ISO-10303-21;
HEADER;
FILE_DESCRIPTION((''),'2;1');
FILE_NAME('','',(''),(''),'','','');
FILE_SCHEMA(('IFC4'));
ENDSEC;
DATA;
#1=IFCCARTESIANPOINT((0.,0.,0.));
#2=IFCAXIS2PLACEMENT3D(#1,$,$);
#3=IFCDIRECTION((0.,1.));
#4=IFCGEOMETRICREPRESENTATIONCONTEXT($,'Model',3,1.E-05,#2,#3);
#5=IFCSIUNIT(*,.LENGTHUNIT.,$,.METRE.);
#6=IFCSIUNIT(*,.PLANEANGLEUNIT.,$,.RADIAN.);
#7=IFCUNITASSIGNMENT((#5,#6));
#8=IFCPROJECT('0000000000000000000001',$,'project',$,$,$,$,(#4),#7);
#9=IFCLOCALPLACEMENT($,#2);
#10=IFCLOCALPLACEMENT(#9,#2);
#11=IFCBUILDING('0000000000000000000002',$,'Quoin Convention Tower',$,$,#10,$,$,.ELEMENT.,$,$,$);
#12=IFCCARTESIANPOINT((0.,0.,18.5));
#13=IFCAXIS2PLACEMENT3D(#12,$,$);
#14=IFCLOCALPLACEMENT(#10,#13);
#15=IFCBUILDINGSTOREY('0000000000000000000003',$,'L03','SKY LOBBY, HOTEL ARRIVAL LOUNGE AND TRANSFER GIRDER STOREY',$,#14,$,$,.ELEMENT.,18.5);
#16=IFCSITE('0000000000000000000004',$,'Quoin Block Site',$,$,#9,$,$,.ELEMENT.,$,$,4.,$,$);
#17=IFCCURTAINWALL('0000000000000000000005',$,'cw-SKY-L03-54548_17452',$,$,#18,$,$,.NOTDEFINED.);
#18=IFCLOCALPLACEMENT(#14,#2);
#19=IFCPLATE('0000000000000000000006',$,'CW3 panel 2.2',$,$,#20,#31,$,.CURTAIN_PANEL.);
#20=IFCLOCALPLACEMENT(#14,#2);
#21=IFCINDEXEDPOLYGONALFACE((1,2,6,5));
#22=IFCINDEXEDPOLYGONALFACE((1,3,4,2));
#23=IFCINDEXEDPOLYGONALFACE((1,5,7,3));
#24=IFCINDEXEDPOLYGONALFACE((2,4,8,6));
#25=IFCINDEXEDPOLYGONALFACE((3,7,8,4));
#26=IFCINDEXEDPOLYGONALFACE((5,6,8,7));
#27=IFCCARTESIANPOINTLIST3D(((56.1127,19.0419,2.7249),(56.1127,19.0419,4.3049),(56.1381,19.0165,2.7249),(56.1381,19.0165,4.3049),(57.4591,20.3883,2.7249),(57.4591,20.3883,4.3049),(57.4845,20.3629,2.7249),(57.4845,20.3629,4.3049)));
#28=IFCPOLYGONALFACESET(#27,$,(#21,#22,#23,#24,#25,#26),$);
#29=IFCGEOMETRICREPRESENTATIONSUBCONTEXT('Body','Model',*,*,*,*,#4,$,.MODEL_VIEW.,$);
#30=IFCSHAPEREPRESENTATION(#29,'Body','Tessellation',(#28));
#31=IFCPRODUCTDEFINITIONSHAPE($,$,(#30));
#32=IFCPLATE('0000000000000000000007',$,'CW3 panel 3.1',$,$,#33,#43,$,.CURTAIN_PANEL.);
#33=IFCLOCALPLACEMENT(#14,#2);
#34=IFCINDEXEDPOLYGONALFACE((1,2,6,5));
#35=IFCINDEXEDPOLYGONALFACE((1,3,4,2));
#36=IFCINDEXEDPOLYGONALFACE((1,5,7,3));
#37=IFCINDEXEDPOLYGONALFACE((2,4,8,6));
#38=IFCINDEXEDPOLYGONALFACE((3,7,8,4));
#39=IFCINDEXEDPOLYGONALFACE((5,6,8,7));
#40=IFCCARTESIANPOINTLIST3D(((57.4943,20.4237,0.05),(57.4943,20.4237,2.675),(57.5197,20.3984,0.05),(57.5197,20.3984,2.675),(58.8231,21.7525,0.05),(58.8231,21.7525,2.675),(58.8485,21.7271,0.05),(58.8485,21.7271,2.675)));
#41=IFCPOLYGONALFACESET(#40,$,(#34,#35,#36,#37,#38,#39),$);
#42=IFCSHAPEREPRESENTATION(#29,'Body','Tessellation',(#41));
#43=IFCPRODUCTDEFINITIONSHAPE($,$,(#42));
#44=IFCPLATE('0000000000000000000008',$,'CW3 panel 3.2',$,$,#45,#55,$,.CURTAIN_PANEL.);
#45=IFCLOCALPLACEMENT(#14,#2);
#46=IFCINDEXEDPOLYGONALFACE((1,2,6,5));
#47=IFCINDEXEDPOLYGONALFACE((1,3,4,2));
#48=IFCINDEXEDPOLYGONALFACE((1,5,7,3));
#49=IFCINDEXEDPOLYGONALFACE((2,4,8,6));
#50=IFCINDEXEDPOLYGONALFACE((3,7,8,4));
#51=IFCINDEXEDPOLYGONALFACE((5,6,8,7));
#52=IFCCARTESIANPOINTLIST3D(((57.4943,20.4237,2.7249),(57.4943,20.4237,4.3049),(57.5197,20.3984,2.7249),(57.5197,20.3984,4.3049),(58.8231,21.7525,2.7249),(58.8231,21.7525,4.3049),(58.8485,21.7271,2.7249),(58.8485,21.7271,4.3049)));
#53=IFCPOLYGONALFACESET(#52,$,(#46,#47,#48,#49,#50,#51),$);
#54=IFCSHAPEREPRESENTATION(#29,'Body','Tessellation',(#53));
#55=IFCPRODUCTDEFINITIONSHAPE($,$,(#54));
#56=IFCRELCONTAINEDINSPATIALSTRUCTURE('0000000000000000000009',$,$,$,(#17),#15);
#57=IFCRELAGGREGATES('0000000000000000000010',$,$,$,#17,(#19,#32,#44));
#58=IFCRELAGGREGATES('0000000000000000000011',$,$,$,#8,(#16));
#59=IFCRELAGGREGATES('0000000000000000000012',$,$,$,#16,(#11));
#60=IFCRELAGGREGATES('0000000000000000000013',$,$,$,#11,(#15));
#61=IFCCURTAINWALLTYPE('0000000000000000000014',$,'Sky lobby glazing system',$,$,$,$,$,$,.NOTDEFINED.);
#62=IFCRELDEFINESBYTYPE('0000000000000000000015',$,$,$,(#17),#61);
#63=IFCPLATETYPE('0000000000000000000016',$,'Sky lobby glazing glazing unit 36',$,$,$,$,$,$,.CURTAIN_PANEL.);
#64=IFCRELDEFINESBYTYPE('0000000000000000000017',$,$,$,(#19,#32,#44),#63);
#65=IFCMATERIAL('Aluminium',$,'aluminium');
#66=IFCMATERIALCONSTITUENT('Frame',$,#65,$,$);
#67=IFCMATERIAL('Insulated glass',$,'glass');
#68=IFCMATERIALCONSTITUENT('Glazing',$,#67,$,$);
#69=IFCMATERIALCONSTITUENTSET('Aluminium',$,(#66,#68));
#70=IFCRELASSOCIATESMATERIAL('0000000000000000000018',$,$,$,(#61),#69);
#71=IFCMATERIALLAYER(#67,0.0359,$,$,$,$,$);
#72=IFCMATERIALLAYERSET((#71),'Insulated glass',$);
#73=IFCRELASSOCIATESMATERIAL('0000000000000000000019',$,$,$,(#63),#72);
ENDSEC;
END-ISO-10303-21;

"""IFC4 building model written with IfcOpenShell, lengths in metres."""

from ifc_helpers import new_model, si_unit, direction, frame, origin, origin_2d, place, context, subcontext, project, spatial, rectangle, extrude, material, layer, layer_set, constituent, constituent_set, type_object, element, aggregate, save


model = new_model("IFC4")

# Units and contexts
model_context = context("Model", 3, precision=1e-05, world=origin(), true_north=direction((0.0, 1.0)))
body_context = subcontext(model_context, "Body", "Model", "MODEL_VIEW")
ifc_project = project(units=[si_unit("LENGTHUNIT", "METRE"), si_unit("PLANEANGLEUNIT", "RADIAN")], contexts=[model_context])

# Site, building, storey
site_placement = place(None, origin())
site = spatial("IfcSite", under=ifc_project, at=site_placement, Name="Quoin Block Site", CompositionType="ELEMENT", RefElevation=4.0)
building_placement = place(site_placement, origin())
building = spatial("IfcBuilding", under=site, at=building_placement, Name="Quoin Convention Tower", CompositionType="ELEMENT")
storey_placement = place(building_placement, frame((0.0, 0.0, 18.5)))
storey = spatial("IfcBuildingStorey", under=building, at=storey_placement, Name="L03", Description="SKY LOBBY, HOTEL ARRIVAL LOUNGE AND TRANSFER GIRDER STOREY", CompositionType="ELEMENT", Elevation=18.5)

# Curtain wall
ifc_material_1 = material(Name="Aluminium", Category="aluminium")
ifc_constituent_1 = constituent(ifc_material_1, Name="Frame")
ifc_material_2 = material(Name="Insulated glass", Category="glass")
ifc_constituent_2 = constituent(ifc_material_2, Name="Glazing")
ifc_constituent_set = constituent_set(constituents=[ifc_constituent_1, ifc_constituent_2], Name="Aluminium")
curtain_wall_type = type_object("IfcCurtainWallType", Name="Sky lobby glazing system", PredefinedType="NOTDEFINED", material=ifc_constituent_set)
curtain_wall_1_placement = place(storey_placement, origin())
curtain_wall_1 = element("IfcCurtainWall", 1, at=curtain_wall_1_placement, inside=storey, type_object=curtain_wall_type, Name="cw-SKY-L03-54548_17452", PredefinedType="NOTDEFINED")

# Plates
ifc_layer = layer(ifc_material_2, 0.0359)
ifc_layer_set = layer_set([ifc_layer], Name="Insulated glass")
plate_type = type_object("IfcPlateType", Name="Sky lobby glazing glazing unit 36", PredefinedType="CURTAIN_PANEL", material=ifc_layer_set)
plate_1_placement = place(storey_placement, frame((56.7986, 19.7024, 2.7249), z_axis=(0.0, 0.0, 1.0), x_axis=(0.707107, 0.707107, 0.0)))
plate_1 = element("IfcPlate", 2, at=plate_1_placement, type_object=plate_type, Name="CW3 panel 2.2", PredefinedType="CURTAIN_PANEL", context=body_context, shape_type="SweptSolid", body=[
    extrude(rectangle(XDim=1.9041, YDim=0.0359, at=origin_2d()), origin(), (0.0, 0.0, 1.0), 1.5801),
])
plate_2_placement = place(storey_placement, frame((58.1714, 21.0754, 0.05), z_axis=(0.0, 0.0, 1.0), x_axis=(0.707107, 0.707107, 0.0)))
plate_2 = element("IfcPlate", 3, at=plate_2_placement, type_object=plate_type, Name="CW3 panel 3.1", PredefinedType="CURTAIN_PANEL", context=body_context, shape_type="SweptSolid", body=[
    extrude(rectangle(XDim=1.8792, YDim=0.0359, at=origin_2d()), origin(), (0.0, 0.0, 1.0), 2.625),
])
plate_3_placement = place(storey_placement, frame((58.1714, 21.0754, 2.7249), z_axis=(0.0, 0.0, 1.0), x_axis=(0.707107, 0.707107, 0.0)))
plate_3 = element("IfcPlate", 4, at=plate_3_placement, type_object=plate_type, Name="CW3 panel 3.2", PredefinedType="CURTAIN_PANEL", context=body_context, shape_type="SweptSolid", body=[
    extrude(rectangle(XDim=1.8792, YDim=0.0359, at=origin_2d()), origin(), (0.0, 0.0, 1.0), 1.5801),
])
aggregate(curtain_wall_1, [plate_1, plate_2, plate_3])

save(model, "model.ifc")
